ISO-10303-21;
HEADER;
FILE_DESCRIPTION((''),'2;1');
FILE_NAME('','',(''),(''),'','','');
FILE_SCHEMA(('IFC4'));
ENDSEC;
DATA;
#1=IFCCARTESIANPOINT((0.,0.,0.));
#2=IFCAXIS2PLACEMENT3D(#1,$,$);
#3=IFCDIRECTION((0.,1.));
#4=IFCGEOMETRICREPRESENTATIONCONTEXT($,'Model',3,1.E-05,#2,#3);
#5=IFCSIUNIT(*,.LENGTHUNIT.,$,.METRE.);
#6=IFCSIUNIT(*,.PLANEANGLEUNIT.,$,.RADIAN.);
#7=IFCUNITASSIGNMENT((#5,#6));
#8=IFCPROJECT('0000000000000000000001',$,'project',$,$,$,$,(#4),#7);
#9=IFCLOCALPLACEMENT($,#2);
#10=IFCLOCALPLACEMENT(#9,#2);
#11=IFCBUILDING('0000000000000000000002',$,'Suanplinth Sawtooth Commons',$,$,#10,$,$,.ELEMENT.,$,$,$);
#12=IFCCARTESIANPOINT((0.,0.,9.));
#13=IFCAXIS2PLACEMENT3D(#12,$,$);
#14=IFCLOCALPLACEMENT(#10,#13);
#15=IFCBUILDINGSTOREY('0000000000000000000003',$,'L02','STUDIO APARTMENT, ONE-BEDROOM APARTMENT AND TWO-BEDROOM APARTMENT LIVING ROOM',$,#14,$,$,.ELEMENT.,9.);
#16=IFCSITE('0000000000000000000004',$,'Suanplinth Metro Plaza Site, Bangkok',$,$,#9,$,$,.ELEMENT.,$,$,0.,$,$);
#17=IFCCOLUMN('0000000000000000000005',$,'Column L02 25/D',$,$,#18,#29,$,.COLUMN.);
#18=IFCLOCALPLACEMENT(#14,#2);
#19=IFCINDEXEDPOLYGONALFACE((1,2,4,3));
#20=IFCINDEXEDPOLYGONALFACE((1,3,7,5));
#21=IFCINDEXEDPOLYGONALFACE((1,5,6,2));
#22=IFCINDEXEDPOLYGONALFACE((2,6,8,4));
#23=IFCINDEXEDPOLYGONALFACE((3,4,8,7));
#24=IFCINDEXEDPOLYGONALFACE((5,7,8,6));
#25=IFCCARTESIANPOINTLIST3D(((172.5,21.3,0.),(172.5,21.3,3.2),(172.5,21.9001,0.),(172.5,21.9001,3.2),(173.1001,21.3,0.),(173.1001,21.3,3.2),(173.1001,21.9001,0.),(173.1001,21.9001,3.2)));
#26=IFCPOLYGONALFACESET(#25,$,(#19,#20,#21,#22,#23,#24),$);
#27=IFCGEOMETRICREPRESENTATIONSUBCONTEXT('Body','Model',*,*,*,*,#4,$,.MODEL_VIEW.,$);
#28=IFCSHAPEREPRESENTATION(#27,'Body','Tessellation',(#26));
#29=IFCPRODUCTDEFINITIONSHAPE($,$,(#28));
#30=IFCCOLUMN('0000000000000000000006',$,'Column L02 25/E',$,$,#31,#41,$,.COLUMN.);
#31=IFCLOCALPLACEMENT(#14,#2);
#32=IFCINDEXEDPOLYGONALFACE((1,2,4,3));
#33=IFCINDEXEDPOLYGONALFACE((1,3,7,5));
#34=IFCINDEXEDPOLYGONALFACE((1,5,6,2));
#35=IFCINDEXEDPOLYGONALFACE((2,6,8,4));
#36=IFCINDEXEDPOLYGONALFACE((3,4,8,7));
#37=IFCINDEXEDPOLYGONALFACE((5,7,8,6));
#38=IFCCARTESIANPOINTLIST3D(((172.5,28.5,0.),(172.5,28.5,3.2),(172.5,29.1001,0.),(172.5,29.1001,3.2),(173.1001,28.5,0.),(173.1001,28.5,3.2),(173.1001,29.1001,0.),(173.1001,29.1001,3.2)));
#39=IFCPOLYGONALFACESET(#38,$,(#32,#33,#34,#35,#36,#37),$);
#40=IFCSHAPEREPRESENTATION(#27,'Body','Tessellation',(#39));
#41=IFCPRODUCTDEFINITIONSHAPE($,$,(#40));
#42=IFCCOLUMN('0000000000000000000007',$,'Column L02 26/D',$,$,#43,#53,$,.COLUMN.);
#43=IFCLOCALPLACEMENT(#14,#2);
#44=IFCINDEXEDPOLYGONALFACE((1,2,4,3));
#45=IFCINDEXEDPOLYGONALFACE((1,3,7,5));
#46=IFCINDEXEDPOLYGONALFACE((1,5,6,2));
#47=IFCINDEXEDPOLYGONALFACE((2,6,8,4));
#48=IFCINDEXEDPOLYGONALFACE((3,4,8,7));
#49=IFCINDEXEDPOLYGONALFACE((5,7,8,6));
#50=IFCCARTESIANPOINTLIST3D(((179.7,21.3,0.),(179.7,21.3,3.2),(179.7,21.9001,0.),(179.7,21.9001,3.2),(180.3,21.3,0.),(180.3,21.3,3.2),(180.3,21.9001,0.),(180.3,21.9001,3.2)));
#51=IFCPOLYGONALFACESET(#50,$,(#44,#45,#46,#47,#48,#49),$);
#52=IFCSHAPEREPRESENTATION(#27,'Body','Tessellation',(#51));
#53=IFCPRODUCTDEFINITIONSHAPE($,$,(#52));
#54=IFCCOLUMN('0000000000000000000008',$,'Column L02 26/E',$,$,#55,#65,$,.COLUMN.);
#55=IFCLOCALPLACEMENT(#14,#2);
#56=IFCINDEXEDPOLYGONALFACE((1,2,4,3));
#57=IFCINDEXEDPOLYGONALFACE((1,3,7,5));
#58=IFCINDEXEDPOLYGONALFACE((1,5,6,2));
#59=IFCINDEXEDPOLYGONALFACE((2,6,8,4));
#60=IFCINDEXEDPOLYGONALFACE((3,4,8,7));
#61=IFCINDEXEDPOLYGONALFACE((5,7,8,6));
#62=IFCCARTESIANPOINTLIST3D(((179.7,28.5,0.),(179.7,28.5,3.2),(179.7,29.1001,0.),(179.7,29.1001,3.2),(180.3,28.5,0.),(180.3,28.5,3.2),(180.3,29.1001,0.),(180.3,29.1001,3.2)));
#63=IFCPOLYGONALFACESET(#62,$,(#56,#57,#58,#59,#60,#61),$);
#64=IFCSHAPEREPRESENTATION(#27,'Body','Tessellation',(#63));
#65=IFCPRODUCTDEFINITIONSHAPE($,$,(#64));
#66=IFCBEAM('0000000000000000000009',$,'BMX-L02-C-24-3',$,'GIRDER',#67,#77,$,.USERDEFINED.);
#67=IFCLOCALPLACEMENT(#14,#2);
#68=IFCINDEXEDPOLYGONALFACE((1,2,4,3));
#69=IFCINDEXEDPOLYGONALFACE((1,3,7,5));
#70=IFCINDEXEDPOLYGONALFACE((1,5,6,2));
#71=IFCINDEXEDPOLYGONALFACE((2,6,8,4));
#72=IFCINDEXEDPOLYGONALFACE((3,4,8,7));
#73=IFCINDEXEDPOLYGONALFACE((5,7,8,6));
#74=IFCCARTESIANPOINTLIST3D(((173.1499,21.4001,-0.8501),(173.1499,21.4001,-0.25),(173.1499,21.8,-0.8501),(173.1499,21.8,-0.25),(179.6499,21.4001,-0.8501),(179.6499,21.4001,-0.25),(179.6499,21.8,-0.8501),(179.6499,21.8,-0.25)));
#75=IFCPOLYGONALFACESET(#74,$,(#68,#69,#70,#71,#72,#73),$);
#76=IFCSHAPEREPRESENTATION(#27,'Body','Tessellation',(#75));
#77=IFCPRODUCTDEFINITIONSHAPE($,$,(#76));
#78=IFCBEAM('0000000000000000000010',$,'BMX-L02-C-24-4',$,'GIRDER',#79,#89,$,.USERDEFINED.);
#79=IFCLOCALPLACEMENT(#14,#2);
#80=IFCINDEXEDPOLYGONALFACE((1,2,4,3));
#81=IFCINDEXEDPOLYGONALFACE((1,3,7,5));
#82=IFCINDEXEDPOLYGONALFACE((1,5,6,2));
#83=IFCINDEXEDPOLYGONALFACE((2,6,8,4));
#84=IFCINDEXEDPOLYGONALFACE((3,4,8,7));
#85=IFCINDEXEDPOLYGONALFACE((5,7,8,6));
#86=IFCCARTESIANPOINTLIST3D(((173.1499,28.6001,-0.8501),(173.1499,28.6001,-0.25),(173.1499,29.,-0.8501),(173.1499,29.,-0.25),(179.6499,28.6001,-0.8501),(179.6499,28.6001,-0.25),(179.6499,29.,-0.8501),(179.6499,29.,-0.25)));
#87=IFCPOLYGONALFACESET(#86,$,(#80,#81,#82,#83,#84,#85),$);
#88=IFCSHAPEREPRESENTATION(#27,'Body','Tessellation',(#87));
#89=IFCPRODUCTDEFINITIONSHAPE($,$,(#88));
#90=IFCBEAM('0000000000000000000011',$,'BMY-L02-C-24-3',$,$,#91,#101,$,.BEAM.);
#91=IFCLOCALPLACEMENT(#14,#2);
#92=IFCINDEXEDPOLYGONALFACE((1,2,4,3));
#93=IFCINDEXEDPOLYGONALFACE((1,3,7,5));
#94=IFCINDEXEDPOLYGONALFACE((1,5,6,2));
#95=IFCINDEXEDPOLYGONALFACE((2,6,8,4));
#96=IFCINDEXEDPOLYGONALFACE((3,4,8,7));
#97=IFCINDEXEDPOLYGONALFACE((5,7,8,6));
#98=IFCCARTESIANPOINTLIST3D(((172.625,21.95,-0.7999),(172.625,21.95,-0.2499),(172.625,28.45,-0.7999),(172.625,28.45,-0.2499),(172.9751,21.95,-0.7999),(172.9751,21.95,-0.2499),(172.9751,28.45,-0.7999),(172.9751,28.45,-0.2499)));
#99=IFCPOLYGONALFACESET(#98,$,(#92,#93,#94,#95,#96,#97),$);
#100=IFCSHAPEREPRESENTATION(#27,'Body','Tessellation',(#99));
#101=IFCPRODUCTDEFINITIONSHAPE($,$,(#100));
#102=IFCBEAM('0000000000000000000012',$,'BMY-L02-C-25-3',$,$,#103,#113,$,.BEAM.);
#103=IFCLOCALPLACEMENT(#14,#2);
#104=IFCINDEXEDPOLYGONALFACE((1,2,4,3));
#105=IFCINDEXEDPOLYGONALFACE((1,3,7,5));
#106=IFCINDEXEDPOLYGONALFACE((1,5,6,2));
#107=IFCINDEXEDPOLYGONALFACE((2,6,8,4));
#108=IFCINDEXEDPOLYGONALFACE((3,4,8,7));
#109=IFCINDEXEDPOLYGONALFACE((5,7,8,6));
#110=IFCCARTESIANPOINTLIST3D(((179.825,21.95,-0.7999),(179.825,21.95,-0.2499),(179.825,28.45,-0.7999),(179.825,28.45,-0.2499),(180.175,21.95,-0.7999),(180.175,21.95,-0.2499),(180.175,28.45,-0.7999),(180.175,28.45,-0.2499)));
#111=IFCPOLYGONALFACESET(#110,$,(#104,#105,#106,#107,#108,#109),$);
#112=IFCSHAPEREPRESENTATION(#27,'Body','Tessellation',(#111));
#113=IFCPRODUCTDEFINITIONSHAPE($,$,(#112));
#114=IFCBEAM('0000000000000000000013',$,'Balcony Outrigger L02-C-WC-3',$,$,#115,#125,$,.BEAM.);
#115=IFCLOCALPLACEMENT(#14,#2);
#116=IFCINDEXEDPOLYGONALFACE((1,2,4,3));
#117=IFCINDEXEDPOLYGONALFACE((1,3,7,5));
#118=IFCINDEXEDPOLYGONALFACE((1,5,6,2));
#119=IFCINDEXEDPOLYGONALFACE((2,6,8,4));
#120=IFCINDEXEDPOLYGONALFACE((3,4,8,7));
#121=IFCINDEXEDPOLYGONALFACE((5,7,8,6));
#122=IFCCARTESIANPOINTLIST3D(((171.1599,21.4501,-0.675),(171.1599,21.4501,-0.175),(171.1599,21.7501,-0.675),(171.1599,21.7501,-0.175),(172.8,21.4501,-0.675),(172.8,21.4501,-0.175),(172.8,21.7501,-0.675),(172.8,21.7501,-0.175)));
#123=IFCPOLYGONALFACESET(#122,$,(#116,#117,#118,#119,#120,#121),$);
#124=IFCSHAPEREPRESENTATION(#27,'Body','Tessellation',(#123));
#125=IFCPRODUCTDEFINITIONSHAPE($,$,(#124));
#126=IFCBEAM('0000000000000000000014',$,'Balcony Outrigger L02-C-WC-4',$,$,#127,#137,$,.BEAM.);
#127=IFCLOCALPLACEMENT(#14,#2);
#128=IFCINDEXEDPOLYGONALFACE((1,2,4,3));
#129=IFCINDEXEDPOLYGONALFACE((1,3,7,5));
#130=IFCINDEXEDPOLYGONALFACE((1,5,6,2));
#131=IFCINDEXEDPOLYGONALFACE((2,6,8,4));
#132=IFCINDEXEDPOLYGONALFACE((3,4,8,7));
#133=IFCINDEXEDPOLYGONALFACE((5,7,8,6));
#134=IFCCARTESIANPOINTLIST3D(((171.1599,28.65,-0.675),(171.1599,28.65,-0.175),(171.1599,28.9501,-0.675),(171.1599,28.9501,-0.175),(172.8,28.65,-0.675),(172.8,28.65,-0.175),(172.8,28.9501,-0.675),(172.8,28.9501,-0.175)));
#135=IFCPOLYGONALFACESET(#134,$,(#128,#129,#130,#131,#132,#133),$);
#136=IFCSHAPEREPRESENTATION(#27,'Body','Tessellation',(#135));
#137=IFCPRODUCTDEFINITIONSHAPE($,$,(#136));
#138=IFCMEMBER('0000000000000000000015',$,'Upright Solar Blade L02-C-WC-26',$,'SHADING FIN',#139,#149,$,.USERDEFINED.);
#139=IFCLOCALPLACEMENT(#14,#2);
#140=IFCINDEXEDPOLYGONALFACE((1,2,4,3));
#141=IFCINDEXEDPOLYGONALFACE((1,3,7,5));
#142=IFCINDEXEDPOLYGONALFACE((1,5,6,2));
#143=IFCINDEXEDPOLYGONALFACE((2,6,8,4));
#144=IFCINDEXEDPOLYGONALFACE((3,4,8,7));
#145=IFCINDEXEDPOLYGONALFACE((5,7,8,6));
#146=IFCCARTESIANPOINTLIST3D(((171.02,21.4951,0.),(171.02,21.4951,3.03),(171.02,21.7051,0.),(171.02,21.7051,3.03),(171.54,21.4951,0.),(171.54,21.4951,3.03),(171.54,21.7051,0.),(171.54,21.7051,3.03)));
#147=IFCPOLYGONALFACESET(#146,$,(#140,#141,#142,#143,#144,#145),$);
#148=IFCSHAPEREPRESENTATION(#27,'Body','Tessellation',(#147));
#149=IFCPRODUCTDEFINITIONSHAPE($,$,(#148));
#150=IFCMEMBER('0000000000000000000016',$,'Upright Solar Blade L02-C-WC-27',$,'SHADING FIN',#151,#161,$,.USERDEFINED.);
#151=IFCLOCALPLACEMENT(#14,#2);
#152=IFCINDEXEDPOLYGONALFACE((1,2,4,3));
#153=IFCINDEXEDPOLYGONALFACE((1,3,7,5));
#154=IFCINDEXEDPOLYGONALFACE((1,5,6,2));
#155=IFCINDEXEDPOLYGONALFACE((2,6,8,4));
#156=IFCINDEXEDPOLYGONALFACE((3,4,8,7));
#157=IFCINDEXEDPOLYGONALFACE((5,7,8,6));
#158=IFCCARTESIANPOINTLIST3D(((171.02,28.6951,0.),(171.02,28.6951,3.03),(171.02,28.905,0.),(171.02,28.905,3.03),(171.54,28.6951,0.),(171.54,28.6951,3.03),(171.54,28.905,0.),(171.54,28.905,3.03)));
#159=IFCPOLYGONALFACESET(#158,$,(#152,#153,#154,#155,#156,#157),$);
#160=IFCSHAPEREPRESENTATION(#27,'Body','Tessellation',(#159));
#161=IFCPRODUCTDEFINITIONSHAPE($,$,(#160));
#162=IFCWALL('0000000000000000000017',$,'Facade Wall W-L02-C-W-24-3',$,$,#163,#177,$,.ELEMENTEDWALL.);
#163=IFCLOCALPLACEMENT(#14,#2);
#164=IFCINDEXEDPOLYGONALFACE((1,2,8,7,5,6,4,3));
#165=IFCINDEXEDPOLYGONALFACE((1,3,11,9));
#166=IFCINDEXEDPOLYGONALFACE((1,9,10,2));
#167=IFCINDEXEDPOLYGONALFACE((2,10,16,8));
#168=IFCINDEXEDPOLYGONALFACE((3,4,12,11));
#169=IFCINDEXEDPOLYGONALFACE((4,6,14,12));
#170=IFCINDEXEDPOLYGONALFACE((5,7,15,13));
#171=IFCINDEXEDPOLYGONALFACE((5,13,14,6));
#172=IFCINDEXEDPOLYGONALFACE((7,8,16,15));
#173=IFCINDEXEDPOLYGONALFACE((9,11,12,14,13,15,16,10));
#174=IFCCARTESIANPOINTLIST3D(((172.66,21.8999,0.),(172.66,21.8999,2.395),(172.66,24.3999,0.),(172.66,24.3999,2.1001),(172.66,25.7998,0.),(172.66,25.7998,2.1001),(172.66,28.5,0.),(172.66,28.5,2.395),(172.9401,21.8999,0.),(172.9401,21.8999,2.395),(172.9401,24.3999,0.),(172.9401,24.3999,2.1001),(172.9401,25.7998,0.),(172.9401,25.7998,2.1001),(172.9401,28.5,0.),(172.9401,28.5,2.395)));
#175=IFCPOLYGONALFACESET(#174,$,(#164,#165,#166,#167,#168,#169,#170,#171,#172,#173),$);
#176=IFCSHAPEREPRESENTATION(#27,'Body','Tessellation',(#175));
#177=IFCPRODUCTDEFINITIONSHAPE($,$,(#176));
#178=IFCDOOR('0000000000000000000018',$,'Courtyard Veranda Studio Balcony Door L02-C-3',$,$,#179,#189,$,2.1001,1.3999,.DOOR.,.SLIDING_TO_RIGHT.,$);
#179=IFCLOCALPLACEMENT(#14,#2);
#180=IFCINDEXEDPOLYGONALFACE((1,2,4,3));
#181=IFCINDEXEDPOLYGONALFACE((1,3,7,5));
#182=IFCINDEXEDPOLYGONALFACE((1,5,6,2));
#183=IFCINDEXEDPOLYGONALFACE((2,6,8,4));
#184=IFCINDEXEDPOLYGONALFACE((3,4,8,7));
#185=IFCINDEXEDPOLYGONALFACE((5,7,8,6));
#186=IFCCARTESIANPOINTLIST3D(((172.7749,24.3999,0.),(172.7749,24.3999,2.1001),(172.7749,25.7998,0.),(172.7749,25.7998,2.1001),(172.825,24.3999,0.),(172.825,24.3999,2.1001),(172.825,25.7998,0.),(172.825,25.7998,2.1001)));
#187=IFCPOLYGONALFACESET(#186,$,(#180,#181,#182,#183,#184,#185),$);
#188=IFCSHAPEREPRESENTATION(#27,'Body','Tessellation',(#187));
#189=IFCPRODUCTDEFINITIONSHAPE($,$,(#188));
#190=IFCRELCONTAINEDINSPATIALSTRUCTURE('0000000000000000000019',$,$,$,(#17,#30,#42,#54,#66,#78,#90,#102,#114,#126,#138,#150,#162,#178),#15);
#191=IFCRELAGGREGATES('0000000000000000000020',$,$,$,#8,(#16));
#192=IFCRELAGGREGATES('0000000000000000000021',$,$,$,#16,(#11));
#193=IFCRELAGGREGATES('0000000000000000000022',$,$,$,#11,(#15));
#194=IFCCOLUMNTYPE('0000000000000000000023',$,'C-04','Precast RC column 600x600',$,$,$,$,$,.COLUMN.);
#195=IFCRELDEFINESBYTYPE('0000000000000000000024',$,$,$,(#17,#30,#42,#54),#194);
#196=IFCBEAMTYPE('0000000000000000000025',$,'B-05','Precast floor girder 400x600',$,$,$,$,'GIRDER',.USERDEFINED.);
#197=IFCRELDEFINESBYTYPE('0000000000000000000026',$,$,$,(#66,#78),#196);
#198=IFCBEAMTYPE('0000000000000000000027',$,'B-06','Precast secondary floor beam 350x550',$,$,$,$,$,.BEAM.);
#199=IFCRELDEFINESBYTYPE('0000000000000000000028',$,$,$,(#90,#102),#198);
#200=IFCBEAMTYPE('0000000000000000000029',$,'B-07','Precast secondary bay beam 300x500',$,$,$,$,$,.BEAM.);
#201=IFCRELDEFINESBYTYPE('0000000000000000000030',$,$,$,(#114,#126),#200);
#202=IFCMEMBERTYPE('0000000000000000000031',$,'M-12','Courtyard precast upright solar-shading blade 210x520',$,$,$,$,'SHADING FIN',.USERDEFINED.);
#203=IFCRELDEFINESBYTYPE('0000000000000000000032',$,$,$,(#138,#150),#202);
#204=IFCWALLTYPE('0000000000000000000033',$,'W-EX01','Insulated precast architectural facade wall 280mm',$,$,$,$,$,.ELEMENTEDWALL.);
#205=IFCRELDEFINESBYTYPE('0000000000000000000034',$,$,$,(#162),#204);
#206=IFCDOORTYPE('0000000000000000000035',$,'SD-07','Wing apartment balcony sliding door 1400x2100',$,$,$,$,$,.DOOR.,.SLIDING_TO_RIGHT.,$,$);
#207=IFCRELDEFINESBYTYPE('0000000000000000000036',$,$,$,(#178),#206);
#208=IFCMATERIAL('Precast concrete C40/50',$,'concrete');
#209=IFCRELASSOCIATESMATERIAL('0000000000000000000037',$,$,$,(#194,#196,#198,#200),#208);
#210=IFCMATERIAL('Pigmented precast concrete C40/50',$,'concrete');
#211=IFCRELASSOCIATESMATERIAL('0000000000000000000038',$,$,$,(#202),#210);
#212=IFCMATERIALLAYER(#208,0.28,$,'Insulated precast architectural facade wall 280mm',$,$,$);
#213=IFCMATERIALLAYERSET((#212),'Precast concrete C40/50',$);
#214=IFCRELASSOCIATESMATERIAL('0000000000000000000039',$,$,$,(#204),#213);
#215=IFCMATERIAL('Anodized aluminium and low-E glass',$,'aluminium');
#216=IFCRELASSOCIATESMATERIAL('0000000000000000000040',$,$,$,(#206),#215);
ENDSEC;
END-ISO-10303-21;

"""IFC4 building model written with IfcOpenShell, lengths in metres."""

from ifc_helpers import new_model, si_unit, direction, frame, frame_2d, origin, origin_2d, place, context, subcontext, project, spatial, rectangle, extrude, material, layer, layer_set, material_profile, profile_set, type_object, element, fill, save


model = new_model("IFC4")

# Units and contexts
model_context = context("Model", 3, precision=1e-05, world=origin(), true_north=direction((0.0, 1.0)))
body_context = subcontext(model_context, "Body", "Model", "MODEL_VIEW")
ifc_project = project(units=[si_unit("LENGTHUNIT", "METRE"), si_unit("PLANEANGLEUNIT", "RADIAN")], contexts=[model_context])

# Site, building, storey
site_placement = place(None, origin())
site = spatial("IfcSite", under=ifc_project, at=site_placement, Name="Suanplinth Metro Plaza Site, Bangkok", CompositionType="ELEMENT", RefElevation=0.0)
building_placement = place(site_placement, origin())
building = spatial("IfcBuilding", under=site, at=building_placement, Name="Suanplinth Sawtooth Commons", CompositionType="ELEMENT")
storey_placement = place(building_placement, frame((0.0, 0.0, 9.0)))
storey = spatial("IfcBuildingStorey", under=building, at=storey_placement, Name="L02", Description="STUDIO APARTMENT, ONE-BEDROOM APARTMENT AND TWO-BEDROOM APARTMENT LIVING ROOM", CompositionType="ELEMENT", Elevation=9.0)

# Columns
ifc_material_1 = material(Name="Precast concrete C40/50", Category="concrete")
ifc_material_profile_1 = material_profile(ifc_material_1, rectangle(XDim=0.6001, YDim=0.6001, at=origin_2d()), Name="PC-COL 600x600")
ifc_profile_set_1 = profile_set([ifc_material_profile_1], Name="Precast concrete C40/50")
column_type = type_object("IfcColumnType", Name="C-04", Description="Precast RC column 600x600", PredefinedType="COLUMN", material=ifc_profile_set_1)
for number, where, z_axis, x_axis, name in (
    (1, (172.8, 21.6001, 0.0), (0.0, 0.0, 1.0), (1.0, 0.0, 0.0), "Column L02 25/D"),
    (2, (172.8, 28.8, 0.0), (0.0, 0.0, 1.0), (1.0, 0.0, 0.0), "Column L02 25/E"),
    (3, (180.0, 21.6001, 0.0), (0.0, 0.0, 1.0), (1.0, 0.0, 0.0), "Column L02 26/D"),
    (4, (180.0, 28.8, 0.0), (0.0, 0.0, 1.0), (1.0, 0.0, 0.0), "Column L02 26/E"),
):
    element("IfcColumn", number, at=place(storey_placement, frame(where, z_axis=z_axis, x_axis=x_axis)), inside=storey, type_object=column_type, Name=name, PredefinedType="COLUMN", context=body_context, shape_type="SweptSolid", body=[
        extrude(rectangle(XDim=0.6001, YDim=0.6001, at=origin_2d()), origin(), (0.0, 0.0, 1.0), 3.2),
    ])

# Beams
ifc_material_profile_2 = material_profile(ifc_material_1, rectangle(XDim=0.3999, YDim=0.6001, at=origin_2d()), Name="PC-GDR 400x600")
ifc_profile_set_2 = profile_set([ifc_material_profile_2], Name="Precast concrete C40/50")
beam_type_1 = type_object("IfcBeamType", Name="B-05", Description="Precast floor girder 400x600", ElementType="GIRDER", PredefinedType="USERDEFINED", material=ifc_profile_set_2)
for number, where, z_axis, x_axis, name in (
    (5, (173.1499, 21.6001, -0.55), (1.0, 0.0, 0.0), (0.0, 1.0, 0.0), "BMX-L02-C-24-3"),
    (6, (173.1499, 28.8, -0.55), (1.0, 0.0, 0.0), (0.0, 1.0, 0.0), "BMX-L02-C-24-4"),
):
    element("IfcBeam", number, at=place(storey_placement, frame(where, z_axis=z_axis, x_axis=x_axis)), inside=storey, type_object=beam_type_1, Name=name, ObjectType="GIRDER", PredefinedType="USERDEFINED", context=body_context, shape_type="SweptSolid", body=[
        extrude(rectangle(XDim=0.3999, YDim=0.6001, at=origin_2d()), origin(), (0.0, 0.0, 1.0), 6.5),
    ])
ifc_material_profile_3 = material_profile(ifc_material_1, rectangle(XDim=0.3501, YDim=0.55, at=origin_2d()), Name="PC-BM 350x550")
ifc_profile_set_3 = profile_set([ifc_material_profile_3], Name="Precast concrete C40/50")
beam_type_2 = type_object("IfcBeamType", Name="B-06", Description="Precast secondary floor beam 350x550", PredefinedType="BEAM", material=ifc_profile_set_3)
for number, where, z_axis, x_axis, name in (
    (7, (172.8, 21.95, -0.5249), (0.0, 1.0, 0.0), (-1.0, 0.0, 0.0), "BMY-L02-C-24-3"),
    (8, (180.0, 21.95, -0.5249), (0.0, 1.0, 0.0), (-1.0, 0.0, 0.0), "BMY-L02-C-25-3"),
):
    element("IfcBeam", number, at=place(storey_placement, frame(where, z_axis=z_axis, x_axis=x_axis)), inside=storey, type_object=beam_type_2, Name=name, PredefinedType="BEAM", context=body_context, shape_type="SweptSolid", body=[
        extrude(rectangle(XDim=0.3501, YDim=0.55, at=origin_2d()), origin(), (0.0, 0.0, 1.0), 6.5),
    ])
ifc_material_profile_4 = material_profile(ifc_material_1, rectangle(XDim=0.3, YDim=0.5, at=origin_2d()), Name="PC-BM 300x500")
ifc_profile_set_4 = profile_set([ifc_material_profile_4], Name="Precast concrete C40/50")
beam_type_3 = type_object("IfcBeamType", Name="B-07", Description="Precast secondary bay beam 300x500", PredefinedType="BEAM", material=ifc_profile_set_4)
for number, where, z_axis, x_axis, name in (
    (9, (172.8, 21.6001, -0.425), (-1.0, 0.0, 0.0), (0.0, -1.0, 0.0), "Balcony Outrigger L02-C-WC-3"),
    (10, (172.8, 28.8, -0.425), (-1.0, 0.0, 0.0), (0.0, -1.0, 0.0), "Balcony Outrigger L02-C-WC-4"),
):
    element("IfcBeam", number, at=place(storey_placement, frame(where, z_axis=z_axis, x_axis=x_axis)), inside=storey, type_object=beam_type_3, Name=name, PredefinedType="BEAM", context=body_context, shape_type="SweptSolid", body=[
        extrude(rectangle(XDim=0.3, YDim=0.5, at=origin_2d()), origin(), (0.0, 0.0, 1.0), 1.6401),
    ])

# Members
ifc_material_2 = material(Name="Pigmented precast concrete C40/50", Category="concrete")
ifc_material_profile_5 = material_profile(ifc_material_2, rectangle(XDim=0.21, YDim=0.52, at=origin_2d()), Name="PC-FIN 210x520")
ifc_profile_set_5 = profile_set([ifc_material_profile_5], Name="Pigmented precast concrete C40/50")
member_type = type_object("IfcMemberType", Name="M-12", Description="Courtyard precast upright solar-shading blade 210x520", ElementType="SHADING FIN", PredefinedType="USERDEFINED", material=ifc_profile_set_5)
for number, where, z_axis, x_axis, name in (
    (11, (171.28, 21.6001, 0.0), (0.0, 0.0, 1.0), (0.0, 1.0, 0.0), "Upright Solar Blade L02-C-WC-26"),
    (12, (171.28, 28.8, 0.0), (0.0, 0.0, 1.0), (0.0, 1.0, 0.0), "Upright Solar Blade L02-C-WC-27"),
):
    element("IfcMember", number, at=place(storey_placement, frame(where, z_axis=z_axis, x_axis=x_axis)), inside=storey, type_object=member_type, Name=name, ObjectType="SHADING FIN", PredefinedType="USERDEFINED", context=body_context, shape_type="SweptSolid", body=[
        extrude(rectangle(XDim=0.21, YDim=0.52, at=origin_2d()), origin(), (0.0, 0.0, 1.0), 3.03),
    ])

# Wall, opening, door
ifc_layer_1 = layer(ifc_material_1, 0.28, Name="Insulated precast architectural facade wall 280mm")
ifc_layer_set_1 = layer_set([ifc_layer_1], Name="Precast concrete C40/50")
wall_type_1 = type_object("IfcWallType", Name="W-EX01", Description="Insulated precast architectural facade wall 280mm", PredefinedType="ELEMENTEDWALL", material=ifc_layer_set_1)
wall_1_placement = place(storey_placement, frame((172.8, 21.8999, 0.0), z_axis=(0.0, 0.0, 1.0), x_axis=(0.0, 1.0, 0.0)))
wall_1 = element("IfcWall", 13, at=wall_1_placement, inside=storey, type_object=wall_type_1, Name="Facade Wall W-L02-C-W-24-3", PredefinedType="ELEMENTEDWALL", context=body_context, shape_type="SweptSolid", body=[
    extrude(rectangle(XDim=6.6001, YDim=0.28, at=frame_2d((3.3, 0.0))), origin(), (0.0, 0.0, 1.0), 2.395),
])
opening_1_placement = place(wall_1_placement, frame((2.5, 0.0, 0.0)))
opening_1 = element("IfcOpeningElement", 14, at=opening_1_placement, cuts=wall_1, PredefinedType="OPENING", context=body_context, shape_type="SweptSolid", body=[
    extrude(rectangle(XDim=1.3999, YDim=2.1001, at=frame_2d((0.7, 1.05))), frame((0.0, 0.1548, 0.0), z_axis=(0.0, -1.0, 0.0), x_axis=(1.0, 0.0, 0.0)), (0.0, 0.0, 1.0), 0.3098),
])
ifc_material_3 = material(Name="Anodized aluminium and low-E glass", Category="aluminium")
door_type_1 = type_object("IfcDoorType", Name="SD-07", Description="Wing apartment balcony sliding door 1400x2100", OperationType="SLIDING_TO_RIGHT", PredefinedType="DOOR", material=ifc_material_3)
door_1_placement = place(opening_1_placement, frame((1.3999, 0.0, 0.0), z_axis=(0.0, 0.0, 1.0), x_axis=(-1.0, 0.0, 0.0)))
door_1 = element("IfcDoor", 15, at=door_1_placement, inside=storey, type_object=door_type_1, Name="Courtyard Veranda Studio Balcony Door L02-C-3", OperationType="SLIDING_TO_RIGHT", OverallHeight=2.1001, OverallWidth=1.3999, PredefinedType="DOOR", context=body_context, shape_type="SweptSolid", body=[
    extrude(rectangle(XDim=1.3999, YDim=2.1001, at=frame_2d((0.7, 1.05))), frame((0.0, 0.0249, 0.0), z_axis=(0.0, -1.0, 0.0), x_axis=(1.0, 0.0, 0.0)), (0.0, 0.0, 1.0), 0.05),
])
fill(opening_1, door_1)

save(model, "model.ifc")
